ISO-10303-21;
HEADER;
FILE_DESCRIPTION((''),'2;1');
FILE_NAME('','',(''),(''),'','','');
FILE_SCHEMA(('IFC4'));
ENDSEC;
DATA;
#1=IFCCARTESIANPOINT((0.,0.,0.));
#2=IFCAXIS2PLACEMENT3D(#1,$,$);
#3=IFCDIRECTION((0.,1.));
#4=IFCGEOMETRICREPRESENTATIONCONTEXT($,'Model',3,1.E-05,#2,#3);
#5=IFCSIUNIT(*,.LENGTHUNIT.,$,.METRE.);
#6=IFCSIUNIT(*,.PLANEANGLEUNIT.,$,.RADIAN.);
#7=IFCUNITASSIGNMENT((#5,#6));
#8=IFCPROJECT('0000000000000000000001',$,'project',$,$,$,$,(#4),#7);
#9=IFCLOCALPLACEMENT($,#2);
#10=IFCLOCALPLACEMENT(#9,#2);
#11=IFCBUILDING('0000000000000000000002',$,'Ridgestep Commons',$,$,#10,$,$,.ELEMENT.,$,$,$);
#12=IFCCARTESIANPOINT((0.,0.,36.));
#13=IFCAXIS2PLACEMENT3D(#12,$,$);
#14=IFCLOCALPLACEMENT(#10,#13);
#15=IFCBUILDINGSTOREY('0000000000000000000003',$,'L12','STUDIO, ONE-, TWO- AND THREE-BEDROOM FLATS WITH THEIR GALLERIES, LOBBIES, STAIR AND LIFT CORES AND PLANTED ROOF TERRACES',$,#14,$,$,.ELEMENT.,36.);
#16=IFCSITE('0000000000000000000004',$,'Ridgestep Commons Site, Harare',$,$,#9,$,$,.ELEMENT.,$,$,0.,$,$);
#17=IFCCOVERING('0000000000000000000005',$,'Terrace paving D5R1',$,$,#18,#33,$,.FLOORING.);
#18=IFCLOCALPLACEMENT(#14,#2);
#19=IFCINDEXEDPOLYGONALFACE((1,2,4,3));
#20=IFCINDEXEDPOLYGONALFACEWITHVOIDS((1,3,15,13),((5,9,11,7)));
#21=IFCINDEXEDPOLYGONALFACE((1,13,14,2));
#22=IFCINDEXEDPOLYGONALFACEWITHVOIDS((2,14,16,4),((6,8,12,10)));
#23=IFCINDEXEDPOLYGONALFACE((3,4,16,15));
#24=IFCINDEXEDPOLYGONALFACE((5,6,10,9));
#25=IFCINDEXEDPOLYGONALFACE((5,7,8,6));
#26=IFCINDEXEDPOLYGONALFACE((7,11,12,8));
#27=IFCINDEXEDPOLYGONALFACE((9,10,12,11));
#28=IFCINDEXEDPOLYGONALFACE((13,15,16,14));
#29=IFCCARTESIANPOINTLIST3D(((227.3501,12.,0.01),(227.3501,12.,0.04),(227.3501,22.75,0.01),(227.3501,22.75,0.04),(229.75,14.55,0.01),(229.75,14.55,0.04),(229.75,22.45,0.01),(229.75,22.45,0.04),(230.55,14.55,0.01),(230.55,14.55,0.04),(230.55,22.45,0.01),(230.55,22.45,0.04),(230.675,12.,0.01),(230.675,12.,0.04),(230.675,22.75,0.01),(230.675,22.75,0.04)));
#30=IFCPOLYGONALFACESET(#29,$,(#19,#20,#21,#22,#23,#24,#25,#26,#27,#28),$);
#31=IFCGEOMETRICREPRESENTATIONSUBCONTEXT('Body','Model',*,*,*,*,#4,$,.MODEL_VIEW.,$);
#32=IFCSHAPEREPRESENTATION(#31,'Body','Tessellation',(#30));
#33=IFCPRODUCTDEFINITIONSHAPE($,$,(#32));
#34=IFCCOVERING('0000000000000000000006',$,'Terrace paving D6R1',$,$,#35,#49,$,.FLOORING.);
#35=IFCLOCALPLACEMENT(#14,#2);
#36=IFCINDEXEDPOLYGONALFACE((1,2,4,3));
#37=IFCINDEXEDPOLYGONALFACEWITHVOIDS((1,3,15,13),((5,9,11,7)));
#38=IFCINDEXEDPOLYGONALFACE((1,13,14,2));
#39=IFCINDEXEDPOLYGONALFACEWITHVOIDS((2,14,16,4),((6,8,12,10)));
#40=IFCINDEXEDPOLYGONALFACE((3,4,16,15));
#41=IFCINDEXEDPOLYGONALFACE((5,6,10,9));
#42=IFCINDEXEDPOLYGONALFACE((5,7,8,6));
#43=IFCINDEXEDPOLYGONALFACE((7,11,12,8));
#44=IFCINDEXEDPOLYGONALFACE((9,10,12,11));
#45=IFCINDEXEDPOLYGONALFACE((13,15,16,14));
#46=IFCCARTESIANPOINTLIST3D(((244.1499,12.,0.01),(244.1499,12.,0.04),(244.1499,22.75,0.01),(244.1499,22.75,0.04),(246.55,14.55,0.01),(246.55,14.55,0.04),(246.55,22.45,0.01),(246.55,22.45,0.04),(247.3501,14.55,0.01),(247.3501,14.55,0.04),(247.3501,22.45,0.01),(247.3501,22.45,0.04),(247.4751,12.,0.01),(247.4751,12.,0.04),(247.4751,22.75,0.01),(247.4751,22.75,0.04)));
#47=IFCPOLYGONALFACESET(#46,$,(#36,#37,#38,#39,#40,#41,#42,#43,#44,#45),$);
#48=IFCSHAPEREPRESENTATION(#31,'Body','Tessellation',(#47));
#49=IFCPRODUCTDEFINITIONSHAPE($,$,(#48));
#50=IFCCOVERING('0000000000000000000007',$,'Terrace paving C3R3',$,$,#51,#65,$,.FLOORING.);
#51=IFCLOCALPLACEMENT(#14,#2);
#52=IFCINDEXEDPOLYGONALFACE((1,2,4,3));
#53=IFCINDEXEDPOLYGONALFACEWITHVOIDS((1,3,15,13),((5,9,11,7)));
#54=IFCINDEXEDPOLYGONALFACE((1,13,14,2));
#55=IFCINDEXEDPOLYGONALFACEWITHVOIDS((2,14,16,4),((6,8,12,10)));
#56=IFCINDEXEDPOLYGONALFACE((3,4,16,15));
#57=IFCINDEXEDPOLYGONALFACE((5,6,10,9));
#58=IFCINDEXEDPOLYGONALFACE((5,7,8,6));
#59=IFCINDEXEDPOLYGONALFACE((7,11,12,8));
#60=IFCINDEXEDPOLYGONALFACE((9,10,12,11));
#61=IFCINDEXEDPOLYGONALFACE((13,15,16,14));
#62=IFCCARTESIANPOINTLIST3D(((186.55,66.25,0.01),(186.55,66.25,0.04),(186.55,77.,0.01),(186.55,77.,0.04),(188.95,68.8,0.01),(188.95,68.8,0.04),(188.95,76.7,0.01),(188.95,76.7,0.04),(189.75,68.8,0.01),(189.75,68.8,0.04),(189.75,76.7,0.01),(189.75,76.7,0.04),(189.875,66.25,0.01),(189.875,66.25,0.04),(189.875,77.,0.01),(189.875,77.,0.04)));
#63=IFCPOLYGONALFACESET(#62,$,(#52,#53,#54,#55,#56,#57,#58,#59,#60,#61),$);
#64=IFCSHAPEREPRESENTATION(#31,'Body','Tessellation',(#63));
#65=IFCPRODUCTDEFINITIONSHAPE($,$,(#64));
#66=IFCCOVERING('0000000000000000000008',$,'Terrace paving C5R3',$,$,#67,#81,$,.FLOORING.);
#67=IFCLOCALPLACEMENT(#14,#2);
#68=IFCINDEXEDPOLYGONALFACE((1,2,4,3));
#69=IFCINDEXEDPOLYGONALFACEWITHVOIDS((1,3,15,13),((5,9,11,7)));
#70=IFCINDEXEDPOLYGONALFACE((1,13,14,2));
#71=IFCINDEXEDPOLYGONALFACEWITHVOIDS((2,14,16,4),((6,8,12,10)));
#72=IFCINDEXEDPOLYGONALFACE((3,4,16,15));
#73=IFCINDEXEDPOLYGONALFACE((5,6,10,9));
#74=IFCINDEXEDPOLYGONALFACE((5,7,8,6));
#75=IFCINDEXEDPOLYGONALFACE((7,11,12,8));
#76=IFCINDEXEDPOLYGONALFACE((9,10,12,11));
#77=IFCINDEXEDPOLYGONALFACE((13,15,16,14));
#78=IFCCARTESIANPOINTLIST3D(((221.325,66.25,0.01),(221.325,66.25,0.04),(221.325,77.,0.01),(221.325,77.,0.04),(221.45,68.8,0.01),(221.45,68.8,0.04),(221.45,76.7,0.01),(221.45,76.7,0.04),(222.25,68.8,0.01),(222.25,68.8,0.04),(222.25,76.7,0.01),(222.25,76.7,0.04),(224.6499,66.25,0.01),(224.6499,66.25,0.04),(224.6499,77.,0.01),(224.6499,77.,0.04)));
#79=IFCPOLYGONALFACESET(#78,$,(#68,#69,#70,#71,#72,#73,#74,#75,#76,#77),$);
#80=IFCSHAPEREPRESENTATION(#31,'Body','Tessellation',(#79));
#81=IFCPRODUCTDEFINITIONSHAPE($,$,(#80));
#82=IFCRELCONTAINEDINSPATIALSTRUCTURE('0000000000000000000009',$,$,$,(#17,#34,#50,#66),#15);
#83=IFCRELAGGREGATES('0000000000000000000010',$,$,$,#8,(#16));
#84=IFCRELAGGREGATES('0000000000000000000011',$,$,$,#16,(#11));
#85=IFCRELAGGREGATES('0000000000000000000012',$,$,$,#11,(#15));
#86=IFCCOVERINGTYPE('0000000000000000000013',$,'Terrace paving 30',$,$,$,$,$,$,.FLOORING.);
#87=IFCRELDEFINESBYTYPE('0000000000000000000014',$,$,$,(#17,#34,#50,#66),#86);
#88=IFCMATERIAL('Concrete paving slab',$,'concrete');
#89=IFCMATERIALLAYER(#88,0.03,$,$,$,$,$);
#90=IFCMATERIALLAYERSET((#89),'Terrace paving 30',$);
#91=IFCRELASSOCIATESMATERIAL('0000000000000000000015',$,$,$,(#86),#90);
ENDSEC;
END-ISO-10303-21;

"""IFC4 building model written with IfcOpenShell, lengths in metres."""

from ifc_helpers import new_model, si_unit, direction, frame, origin, place, context, subcontext, project, spatial, polyline, outline, extrude, material, layer, layer_set, type_object, element, save


model = new_model("IFC4")

# Units and contexts
model_context = context("Model", 3, precision=1e-05, world=origin(), true_north=direction((0.0, 1.0)))
body_context = subcontext(model_context, "Body", "Model", "MODEL_VIEW")
ifc_project = project(units=[si_unit("LENGTHUNIT", "METRE"), si_unit("PLANEANGLEUNIT", "RADIAN")], contexts=[model_context])

# Site, building, storey
site_placement = place(None, origin())
site = spatial("IfcSite", under=ifc_project, at=site_placement, Name="Ridgestep Commons Site, Harare", CompositionType="ELEMENT", RefElevation=0.0)
building_placement = place(site_placement, origin())
building = spatial("IfcBuilding", under=site, at=building_placement, Name="Ridgestep Commons", CompositionType="ELEMENT")
storey_placement = place(building_placement, frame((0.0, 0.0, 36.0)))
storey = spatial("IfcBuildingStorey", under=building, at=storey_placement, Name="L12", Description="STUDIO, ONE-, TWO- AND THREE-BEDROOM FLATS WITH THEIR GALLERIES, LOBBIES, STAIR AND LIFT CORES AND PLANTED ROOF TERRACES", CompositionType="ELEMENT", Elevation=36.0)

# Coverings
ifc_material_1 = material(Name="Concrete paving slab", Category="concrete")
ifc_layer_1 = layer(ifc_material_1, 0.03)
ifc_layer_set_1 = layer_set([ifc_layer_1], Name="Terrace paving 30")
covering_type_1 = type_object("IfcCoveringType", Name="Terrace paving 30", PredefinedType="FLOORING", material=ifc_layer_set_1)
covering_1_placement = place(storey_placement, frame((0.0, 0.0, 0.01)))
element("IfcCovering", 1, at=covering_1_placement, inside=storey, type_object=covering_type_1, Name="Terrace paving D5R1", PredefinedType="FLOORING", context=body_context, shape_type="SweptSolid", body=[
    extrude(outline(polyline([(230.675, 12.0), (230.675, 22.75), (227.3501, 22.75), (227.3501, 12.0), (230.675, 12.0)]), holes=[polyline([(230.55, 14.55), (230.55, 22.45), (229.75, 22.45), (229.75, 14.55), (230.55, 14.55)])]), origin(), (0.0, 0.0, 1.0), 0.03),
])
covering_2_placement = place(storey_placement, frame((0.0, 0.0, 0.01)))
element("IfcCovering", 2, at=covering_2_placement, inside=storey, type_object=covering_type_1, Name="Terrace paving D6R1", PredefinedType="FLOORING", context=body_context, shape_type="SweptSolid", body=[
    extrude(outline(polyline([(247.4751, 12.0), (247.4751, 22.75), (244.1499, 22.75), (244.1499, 12.0), (247.4751, 12.0)]), holes=[polyline([(247.3501, 14.55), (247.3501, 22.45), (246.55, 22.45), (246.55, 14.55), (247.3501, 14.55)])]), origin(), (0.0, 0.0, 1.0), 0.03),
])
covering_3_placement = place(storey_placement, frame((0.0, 0.0, 0.01)))
element("IfcCovering", 3, at=covering_3_placement, inside=storey, type_object=covering_type_1, Name="Terrace paving C3R3", PredefinedType="FLOORING", context=body_context, shape_type="SweptSolid", body=[
    extrude(outline(polyline([(189.875, 66.25), (189.875, 77.0), (186.55, 77.0), (186.55, 66.25), (189.875, 66.25)]), holes=[polyline([(189.75, 68.8), (189.75, 76.7), (188.95, 76.7), (188.95, 68.8), (189.75, 68.8)])]), origin(), (0.0, 0.0, 1.0), 0.03),
])
covering_4_placement = place(storey_placement, frame((0.0, 0.0, 0.01)))
element("IfcCovering", 4, at=covering_4_placement, inside=storey, type_object=covering_type_1, Name="Terrace paving C5R3", PredefinedType="FLOORING", context=body_context, shape_type="SweptSolid", body=[
    extrude(outline(polyline([(224.6499, 66.25), (224.6499, 77.0), (221.325, 77.0), (221.325, 66.25), (224.6499, 66.25)]), holes=[polyline([(222.25, 68.8), (222.25, 76.7), (221.45, 76.7), (221.45, 68.8), (222.25, 68.8)])]), origin(), (0.0, 0.0, 1.0), 0.03),
])

save(model, "model.ifc")
